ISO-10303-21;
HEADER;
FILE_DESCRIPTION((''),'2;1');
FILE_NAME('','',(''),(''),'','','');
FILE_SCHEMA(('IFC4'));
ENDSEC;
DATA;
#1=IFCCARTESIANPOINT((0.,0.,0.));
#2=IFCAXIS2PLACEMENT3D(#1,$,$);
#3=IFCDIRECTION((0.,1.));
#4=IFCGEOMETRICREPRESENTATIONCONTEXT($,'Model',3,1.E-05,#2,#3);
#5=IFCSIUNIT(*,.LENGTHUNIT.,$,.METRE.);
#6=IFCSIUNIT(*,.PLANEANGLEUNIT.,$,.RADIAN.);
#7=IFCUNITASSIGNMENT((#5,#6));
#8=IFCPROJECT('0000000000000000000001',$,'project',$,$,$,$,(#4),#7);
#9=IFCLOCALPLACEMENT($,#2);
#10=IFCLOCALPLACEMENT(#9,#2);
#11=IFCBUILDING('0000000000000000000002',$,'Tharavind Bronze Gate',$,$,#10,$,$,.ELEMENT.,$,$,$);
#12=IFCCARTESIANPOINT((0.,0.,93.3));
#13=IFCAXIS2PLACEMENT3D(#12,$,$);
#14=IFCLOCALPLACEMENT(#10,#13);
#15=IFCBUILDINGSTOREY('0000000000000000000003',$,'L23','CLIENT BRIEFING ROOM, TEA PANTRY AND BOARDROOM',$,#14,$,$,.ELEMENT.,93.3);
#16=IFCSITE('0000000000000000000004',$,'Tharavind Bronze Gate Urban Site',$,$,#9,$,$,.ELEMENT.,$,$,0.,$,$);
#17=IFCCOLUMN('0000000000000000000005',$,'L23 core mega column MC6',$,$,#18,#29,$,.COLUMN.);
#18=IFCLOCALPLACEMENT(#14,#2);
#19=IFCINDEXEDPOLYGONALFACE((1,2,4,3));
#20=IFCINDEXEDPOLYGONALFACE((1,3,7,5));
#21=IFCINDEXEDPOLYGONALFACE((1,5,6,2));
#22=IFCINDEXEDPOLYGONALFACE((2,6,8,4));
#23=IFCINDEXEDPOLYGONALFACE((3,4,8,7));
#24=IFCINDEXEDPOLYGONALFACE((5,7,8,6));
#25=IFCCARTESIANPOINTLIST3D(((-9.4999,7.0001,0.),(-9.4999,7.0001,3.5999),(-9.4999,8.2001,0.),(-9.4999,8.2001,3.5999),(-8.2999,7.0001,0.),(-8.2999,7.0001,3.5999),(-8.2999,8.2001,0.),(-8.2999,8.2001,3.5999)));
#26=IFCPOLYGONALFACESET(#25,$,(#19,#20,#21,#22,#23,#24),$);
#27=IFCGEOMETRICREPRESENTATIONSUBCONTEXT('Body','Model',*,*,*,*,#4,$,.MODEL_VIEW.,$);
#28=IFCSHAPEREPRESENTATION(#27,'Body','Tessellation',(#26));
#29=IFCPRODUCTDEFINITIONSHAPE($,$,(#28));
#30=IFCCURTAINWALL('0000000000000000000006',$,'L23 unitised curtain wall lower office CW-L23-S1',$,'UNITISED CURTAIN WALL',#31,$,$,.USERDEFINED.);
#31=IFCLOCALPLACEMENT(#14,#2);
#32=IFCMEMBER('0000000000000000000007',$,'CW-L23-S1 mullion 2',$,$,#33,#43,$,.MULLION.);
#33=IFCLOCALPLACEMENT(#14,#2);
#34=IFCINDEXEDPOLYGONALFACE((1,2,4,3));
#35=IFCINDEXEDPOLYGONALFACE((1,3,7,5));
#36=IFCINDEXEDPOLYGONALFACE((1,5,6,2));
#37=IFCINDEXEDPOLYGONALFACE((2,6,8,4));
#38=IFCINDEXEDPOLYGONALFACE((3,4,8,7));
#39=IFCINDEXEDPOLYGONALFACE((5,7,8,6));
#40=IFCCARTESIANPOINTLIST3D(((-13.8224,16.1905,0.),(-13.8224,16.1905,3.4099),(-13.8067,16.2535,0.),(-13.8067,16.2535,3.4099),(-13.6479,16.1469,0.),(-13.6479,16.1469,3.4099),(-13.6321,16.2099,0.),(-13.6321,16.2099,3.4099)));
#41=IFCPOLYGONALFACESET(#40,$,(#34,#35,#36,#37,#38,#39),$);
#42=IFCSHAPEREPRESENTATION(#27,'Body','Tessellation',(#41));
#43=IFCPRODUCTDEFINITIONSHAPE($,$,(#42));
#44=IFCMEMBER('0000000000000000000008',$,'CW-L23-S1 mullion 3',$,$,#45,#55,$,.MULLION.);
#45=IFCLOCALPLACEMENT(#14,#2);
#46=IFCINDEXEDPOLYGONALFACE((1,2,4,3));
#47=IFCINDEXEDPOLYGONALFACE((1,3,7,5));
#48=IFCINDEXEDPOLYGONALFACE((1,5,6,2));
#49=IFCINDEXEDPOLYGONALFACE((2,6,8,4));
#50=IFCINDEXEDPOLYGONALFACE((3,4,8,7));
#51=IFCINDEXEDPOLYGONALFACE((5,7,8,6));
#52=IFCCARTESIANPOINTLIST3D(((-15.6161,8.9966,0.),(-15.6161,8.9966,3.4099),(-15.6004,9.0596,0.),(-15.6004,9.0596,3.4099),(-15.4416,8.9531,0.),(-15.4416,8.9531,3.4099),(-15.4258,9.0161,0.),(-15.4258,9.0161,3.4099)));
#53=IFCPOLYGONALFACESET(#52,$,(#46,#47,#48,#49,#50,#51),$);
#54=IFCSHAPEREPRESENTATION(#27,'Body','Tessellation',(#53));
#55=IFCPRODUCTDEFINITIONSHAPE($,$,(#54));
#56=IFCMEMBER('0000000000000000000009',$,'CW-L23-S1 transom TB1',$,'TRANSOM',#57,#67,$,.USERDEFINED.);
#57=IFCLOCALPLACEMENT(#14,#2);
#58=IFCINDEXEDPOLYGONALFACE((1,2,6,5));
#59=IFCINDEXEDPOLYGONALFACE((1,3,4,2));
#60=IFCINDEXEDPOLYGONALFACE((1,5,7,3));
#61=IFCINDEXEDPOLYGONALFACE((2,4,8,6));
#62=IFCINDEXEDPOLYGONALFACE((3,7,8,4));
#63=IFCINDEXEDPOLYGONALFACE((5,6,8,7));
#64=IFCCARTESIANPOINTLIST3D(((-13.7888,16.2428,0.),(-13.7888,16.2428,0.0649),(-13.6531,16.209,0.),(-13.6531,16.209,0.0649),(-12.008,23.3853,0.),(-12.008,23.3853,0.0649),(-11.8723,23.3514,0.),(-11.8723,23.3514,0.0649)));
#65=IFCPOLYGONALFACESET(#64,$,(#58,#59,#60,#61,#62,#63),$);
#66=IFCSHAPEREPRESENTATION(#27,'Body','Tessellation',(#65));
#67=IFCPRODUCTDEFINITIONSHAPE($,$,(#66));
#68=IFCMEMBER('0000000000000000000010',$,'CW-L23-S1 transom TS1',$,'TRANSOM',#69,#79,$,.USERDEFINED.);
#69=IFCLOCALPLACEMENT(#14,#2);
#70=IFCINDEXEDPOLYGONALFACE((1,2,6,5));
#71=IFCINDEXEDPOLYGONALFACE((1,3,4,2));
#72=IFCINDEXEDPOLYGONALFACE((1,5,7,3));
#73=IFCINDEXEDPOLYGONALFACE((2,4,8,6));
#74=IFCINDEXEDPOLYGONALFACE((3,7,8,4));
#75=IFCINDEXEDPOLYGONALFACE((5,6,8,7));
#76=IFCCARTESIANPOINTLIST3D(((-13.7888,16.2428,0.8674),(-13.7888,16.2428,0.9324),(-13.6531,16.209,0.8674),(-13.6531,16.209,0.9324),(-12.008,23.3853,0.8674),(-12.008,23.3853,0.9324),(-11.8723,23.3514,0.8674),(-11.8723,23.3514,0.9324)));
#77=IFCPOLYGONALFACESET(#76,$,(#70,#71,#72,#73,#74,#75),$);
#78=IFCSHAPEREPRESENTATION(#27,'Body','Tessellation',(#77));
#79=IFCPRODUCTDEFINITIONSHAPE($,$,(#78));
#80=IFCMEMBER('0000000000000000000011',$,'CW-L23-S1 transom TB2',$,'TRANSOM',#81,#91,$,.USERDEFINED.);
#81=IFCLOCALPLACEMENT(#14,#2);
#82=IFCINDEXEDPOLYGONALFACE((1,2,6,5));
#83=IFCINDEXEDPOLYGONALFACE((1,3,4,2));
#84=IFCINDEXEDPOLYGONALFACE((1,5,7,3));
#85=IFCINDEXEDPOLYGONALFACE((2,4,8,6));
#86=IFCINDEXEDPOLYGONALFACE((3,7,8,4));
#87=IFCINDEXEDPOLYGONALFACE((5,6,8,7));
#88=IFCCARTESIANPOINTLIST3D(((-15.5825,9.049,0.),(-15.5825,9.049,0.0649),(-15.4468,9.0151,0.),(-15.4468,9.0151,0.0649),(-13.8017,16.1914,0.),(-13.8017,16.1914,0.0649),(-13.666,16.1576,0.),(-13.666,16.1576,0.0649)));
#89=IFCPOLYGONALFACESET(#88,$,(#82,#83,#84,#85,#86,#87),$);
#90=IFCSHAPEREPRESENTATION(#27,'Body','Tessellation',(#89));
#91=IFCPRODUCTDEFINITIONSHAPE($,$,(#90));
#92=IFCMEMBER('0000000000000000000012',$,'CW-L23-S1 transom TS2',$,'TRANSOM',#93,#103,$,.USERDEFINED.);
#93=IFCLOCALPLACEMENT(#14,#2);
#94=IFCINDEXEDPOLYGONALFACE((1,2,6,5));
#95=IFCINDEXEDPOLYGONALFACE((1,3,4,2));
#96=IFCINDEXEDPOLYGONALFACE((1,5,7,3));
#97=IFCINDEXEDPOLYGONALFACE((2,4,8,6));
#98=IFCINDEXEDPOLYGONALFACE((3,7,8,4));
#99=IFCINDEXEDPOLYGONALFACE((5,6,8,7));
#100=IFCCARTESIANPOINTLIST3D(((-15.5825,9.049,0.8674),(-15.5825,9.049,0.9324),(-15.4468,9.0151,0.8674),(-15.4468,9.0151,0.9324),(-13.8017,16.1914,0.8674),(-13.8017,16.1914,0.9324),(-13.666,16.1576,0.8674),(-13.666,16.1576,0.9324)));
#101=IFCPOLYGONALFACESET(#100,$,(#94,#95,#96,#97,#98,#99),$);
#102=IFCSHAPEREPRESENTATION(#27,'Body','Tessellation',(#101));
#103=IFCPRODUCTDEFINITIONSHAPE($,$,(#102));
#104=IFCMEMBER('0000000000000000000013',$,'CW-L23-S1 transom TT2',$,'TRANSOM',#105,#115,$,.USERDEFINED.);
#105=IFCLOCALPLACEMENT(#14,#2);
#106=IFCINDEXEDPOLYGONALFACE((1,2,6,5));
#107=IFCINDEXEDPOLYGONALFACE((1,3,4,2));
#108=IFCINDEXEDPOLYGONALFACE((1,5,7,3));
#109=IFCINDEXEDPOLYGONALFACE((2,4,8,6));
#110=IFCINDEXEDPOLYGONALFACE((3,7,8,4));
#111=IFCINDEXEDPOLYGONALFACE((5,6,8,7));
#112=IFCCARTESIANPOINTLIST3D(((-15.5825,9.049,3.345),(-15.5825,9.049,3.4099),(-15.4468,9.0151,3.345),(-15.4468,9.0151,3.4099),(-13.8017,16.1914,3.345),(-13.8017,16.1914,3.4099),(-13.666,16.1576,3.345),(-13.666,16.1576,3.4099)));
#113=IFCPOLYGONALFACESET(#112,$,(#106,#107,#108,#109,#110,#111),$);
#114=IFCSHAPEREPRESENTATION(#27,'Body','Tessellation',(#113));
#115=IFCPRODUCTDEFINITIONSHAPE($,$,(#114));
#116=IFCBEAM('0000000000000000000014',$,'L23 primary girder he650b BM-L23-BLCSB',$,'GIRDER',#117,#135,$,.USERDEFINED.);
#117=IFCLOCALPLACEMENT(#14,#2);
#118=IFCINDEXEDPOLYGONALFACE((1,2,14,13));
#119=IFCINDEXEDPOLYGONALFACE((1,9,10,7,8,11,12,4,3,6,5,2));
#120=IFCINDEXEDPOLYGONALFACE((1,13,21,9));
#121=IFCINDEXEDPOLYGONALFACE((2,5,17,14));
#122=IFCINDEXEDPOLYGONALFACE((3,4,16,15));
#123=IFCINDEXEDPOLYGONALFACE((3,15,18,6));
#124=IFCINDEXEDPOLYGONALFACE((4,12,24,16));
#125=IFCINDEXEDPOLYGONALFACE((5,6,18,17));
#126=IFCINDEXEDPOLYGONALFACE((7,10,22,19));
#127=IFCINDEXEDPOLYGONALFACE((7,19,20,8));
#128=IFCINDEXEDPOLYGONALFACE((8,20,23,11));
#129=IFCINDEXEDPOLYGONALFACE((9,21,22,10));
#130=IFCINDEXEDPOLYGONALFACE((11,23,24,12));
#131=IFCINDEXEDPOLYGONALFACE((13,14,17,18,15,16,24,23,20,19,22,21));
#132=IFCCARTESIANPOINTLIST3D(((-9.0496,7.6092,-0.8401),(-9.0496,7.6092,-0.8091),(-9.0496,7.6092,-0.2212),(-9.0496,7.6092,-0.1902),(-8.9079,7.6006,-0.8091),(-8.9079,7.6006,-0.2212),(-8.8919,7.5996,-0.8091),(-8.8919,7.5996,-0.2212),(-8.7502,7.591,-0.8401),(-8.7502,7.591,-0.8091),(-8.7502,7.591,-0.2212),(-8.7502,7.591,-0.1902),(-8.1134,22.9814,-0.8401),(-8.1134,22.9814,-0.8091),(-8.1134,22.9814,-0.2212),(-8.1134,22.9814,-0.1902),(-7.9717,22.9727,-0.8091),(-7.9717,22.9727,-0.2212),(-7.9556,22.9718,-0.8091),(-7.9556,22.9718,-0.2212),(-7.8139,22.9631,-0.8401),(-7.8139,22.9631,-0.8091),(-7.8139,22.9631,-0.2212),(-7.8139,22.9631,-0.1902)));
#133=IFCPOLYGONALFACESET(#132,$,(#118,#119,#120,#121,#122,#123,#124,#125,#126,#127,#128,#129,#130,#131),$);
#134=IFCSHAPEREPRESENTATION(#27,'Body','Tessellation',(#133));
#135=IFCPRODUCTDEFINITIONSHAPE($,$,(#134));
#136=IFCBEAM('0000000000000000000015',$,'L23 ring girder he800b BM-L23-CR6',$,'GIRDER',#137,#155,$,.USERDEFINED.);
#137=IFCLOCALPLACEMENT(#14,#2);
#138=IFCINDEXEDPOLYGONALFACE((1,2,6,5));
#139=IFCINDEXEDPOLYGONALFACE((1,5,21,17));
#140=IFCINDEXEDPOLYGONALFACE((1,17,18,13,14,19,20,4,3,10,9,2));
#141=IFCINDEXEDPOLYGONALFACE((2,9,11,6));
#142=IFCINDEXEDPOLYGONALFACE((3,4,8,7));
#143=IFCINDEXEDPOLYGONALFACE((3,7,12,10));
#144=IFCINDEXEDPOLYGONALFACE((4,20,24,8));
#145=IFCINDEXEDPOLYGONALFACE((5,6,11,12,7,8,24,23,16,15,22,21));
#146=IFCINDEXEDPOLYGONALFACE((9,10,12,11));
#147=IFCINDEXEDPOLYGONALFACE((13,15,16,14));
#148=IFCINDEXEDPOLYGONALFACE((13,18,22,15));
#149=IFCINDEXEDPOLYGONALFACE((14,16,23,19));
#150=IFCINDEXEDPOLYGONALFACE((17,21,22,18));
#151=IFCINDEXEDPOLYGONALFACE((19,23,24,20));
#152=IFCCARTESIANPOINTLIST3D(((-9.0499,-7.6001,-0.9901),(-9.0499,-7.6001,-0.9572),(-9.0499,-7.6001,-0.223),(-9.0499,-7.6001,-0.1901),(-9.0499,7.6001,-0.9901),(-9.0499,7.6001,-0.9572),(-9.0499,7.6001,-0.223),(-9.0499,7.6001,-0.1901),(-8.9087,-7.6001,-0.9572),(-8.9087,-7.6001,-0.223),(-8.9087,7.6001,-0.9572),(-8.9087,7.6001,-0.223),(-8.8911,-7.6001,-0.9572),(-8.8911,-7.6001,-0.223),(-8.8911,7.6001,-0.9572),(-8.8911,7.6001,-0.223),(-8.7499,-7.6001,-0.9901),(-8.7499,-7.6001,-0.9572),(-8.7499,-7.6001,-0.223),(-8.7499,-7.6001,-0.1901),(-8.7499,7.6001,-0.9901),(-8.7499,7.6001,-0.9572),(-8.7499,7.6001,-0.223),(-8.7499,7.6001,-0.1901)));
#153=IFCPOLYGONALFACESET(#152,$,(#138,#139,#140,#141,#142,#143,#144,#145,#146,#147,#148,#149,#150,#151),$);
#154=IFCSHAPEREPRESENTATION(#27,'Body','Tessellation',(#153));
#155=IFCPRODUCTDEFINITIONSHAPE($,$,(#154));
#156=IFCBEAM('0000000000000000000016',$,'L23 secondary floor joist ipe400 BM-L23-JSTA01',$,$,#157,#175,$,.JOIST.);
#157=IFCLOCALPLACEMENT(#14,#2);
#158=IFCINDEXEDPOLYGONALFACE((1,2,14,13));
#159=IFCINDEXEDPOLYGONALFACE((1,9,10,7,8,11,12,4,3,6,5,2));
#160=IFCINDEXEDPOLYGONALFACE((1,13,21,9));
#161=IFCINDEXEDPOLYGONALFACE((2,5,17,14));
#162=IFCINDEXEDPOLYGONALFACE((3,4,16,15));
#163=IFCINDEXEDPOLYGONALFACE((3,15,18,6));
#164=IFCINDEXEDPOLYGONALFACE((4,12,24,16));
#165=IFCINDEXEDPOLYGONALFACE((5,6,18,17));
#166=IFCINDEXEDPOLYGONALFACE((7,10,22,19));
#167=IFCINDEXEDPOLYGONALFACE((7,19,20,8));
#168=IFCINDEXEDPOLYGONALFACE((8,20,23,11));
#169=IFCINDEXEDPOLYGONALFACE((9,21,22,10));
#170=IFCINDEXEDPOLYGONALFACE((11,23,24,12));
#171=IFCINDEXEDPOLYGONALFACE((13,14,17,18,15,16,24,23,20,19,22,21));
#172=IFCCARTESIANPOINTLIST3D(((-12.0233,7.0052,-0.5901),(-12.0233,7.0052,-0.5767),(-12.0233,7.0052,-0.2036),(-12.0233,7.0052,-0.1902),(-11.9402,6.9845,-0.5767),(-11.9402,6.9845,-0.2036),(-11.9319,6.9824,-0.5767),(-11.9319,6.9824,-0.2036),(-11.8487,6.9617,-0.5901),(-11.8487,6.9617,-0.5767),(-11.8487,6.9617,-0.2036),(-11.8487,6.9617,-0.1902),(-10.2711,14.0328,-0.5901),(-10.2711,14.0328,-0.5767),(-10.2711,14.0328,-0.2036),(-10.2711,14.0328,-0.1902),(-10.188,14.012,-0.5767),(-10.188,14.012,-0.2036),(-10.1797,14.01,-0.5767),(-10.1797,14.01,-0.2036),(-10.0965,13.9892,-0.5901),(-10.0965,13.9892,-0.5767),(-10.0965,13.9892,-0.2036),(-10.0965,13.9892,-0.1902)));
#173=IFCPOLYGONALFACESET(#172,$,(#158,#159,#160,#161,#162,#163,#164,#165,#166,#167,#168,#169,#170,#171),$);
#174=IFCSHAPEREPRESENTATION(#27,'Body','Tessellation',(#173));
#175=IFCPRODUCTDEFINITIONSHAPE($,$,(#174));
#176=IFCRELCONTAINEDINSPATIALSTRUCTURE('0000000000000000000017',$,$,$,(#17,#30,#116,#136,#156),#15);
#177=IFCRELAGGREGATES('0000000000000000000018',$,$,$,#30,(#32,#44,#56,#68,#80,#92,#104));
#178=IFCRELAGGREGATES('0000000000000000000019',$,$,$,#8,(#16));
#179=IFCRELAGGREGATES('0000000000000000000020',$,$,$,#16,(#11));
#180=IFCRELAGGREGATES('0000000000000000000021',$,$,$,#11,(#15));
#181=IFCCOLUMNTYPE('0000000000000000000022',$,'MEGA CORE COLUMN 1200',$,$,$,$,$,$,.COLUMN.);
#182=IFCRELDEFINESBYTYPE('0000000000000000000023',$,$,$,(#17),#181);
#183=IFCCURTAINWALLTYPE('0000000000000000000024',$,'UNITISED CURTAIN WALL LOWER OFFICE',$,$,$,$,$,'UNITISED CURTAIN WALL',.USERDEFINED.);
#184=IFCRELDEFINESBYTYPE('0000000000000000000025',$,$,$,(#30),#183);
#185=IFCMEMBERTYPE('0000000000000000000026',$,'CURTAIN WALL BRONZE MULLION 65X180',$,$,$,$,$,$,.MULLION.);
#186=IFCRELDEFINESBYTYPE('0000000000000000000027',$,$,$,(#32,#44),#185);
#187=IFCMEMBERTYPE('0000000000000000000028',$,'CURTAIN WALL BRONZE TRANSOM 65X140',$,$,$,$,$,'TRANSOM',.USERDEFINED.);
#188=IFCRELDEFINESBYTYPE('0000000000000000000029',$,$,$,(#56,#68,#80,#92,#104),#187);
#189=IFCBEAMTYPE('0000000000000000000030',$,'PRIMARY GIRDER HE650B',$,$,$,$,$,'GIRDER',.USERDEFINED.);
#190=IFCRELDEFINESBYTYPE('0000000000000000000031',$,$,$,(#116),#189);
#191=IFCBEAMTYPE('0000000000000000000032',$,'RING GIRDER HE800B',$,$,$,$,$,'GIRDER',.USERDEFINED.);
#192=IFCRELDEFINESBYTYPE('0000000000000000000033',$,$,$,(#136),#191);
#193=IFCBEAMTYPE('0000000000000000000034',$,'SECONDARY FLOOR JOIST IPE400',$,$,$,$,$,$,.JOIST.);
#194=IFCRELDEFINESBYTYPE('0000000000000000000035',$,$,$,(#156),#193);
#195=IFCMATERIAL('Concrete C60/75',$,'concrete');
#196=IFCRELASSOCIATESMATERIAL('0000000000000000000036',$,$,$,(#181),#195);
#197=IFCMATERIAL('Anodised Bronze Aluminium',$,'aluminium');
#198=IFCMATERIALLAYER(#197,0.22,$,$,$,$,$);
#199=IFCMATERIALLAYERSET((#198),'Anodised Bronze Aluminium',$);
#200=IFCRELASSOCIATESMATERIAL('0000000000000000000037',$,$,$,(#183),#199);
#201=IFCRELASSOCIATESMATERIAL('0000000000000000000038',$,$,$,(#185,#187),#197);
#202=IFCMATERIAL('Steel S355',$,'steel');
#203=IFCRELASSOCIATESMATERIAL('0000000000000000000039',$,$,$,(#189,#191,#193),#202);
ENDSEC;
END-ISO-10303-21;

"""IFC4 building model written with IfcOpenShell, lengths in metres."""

from ifc_helpers import new_model, si_unit, direction, frame, origin, origin_2d, place, context, subcontext, project, spatial, rectangle, i_section, extrude, material, layer, layer_set, material_profile, profile_set, type_object, element, aggregate, save


model = new_model("IFC4")

# Units and contexts
model_context = context("Model", 3, precision=1e-05, world=origin(), true_north=direction((0.0, 1.0)))
body_context = subcontext(model_context, "Body", "Model", "MODEL_VIEW")
ifc_project = project(units=[si_unit("LENGTHUNIT", "METRE"), si_unit("PLANEANGLEUNIT", "RADIAN")], contexts=[model_context])

# Site, building, storey
site_placement = place(None, origin())
site = spatial("IfcSite", under=ifc_project, at=site_placement, Name="Tharavind Bronze Gate Urban Site", CompositionType="ELEMENT", RefElevation=0.0)
building_placement = place(site_placement, origin())
building = spatial("IfcBuilding", under=site, at=building_placement, Name="Tharavind Bronze Gate", CompositionType="ELEMENT")
storey_placement = place(building_placement, frame((0.0, 0.0, 93.3)))
storey = spatial("IfcBuildingStorey", under=building, at=storey_placement, Name="L23", Description="CLIENT BRIEFING ROOM, TEA PANTRY AND BOARDROOM", CompositionType="ELEMENT", Elevation=93.3)

# Column
ifc_material_1 = material(Name="Concrete C60/75", Category="concrete")
ifc_material_profile_1 = material_profile(ifc_material_1, rectangle(XDim=1.2, YDim=1.2, at=origin_2d()), Name="RCCOL1200")
ifc_profile_set_1 = profile_set([ifc_material_profile_1], Name="Concrete C60/75")
column_type = type_object("IfcColumnType", Name="MEGA CORE COLUMN 1200", PredefinedType="COLUMN", material=ifc_profile_set_1)
column_placement = place(storey_placement, frame((-8.8999, 7.6001, 0.0), z_axis=(0.0, 0.0, 1.0), x_axis=(1.0, 0.0, 0.0)))
element("IfcColumn", 1, at=column_placement, inside=storey, type_object=column_type, Name="L23 core mega column MC6", PredefinedType="COLUMN", context=body_context, shape_type="SweptSolid", body=[
    extrude(rectangle(XDim=1.2, YDim=1.2, at=origin_2d()), origin(), (0.0, 0.0, 1.0), 3.5999),
])

# Curtain wall, members
ifc_material_2 = material(Name="Anodised Bronze Aluminium", Category="aluminium")
ifc_layer_1 = layer(ifc_material_2, 0.22)
ifc_layer_set_1 = layer_set([ifc_layer_1], Name="Anodised Bronze Aluminium")
curtain_wall_type = type_object("IfcCurtainWallType", Name="UNITISED CURTAIN WALL LOWER OFFICE", ElementType="UNITISED CURTAIN WALL", PredefinedType="USERDEFINED", material=ifc_layer_set_1)
curtain_wall_placement = place(storey_placement, origin())
curtain_wall = element("IfcCurtainWall", 2, at=curtain_wall_placement, inside=storey, type_object=curtain_wall_type, Name="L23 unitised curtain wall lower office CW-L23-S1", ObjectType="UNITISED CURTAIN WALL", PredefinedType="USERDEFINED")
member_type_1 = type_object("IfcMemberType", Name="CURTAIN WALL BRONZE MULLION 65X180", PredefinedType="MULLION", material=ifc_material_2)
member_1_placement = place(storey_placement, frame((-13.7273, 16.2002, 0.0), z_axis=(0.0, 0.0, 1.0), x_axis=(-0.241922, -0.970296, 0.0)))
member_1 = element("IfcMember", 3, at=member_1_placement, type_object=member_type_1, Name="CW-L23-S1 mullion 2", PredefinedType="MULLION", context=body_context, shape_type="SweptSolid", body=[
    extrude(rectangle(XDim=0.0649, YDim=0.1799, at=origin_2d()), origin(), (0.0, 0.0, 1.0), 3.4099),
])
member_2_placement = place(storey_placement, frame((-15.521, 9.0063, 0.0), z_axis=(0.0, 0.0, 1.0), x_axis=(-0.241922, -0.970296, 0.0)))
member_2 = element("IfcMember", 4, at=member_2_placement, type_object=member_type_1, Name="CW-L23-S1 mullion 3", PredefinedType="MULLION", context=body_context, shape_type="SweptSolid", body=[
    extrude(rectangle(XDim=0.0649, YDim=0.1799, at=origin_2d()), origin(), (0.0, 0.0, 1.0), 3.4099),
])
member_type_2 = type_object("IfcMemberType", Name="CURTAIN WALL BRONZE TRANSOM 65X140", ElementType="TRANSOM", PredefinedType="USERDEFINED", material=ifc_material_2)
member_3_placement = place(storey_placement, frame((-12.8306, 19.7971, 0.0), z_axis=(0.0, 0.0, 1.0), x_axis=(-0.241922, -0.970296, 0.0)))
member_3 = element("IfcMember", 5, at=member_3_placement, type_object=member_type_2, Name="CW-L23-S1 transom TB1", ObjectType="TRANSOM", PredefinedType="USERDEFINED", context=body_context, shape_type="SweptSolid", body=[
    extrude(rectangle(XDim=7.3611, YDim=0.1399, at=origin_2d()), origin(), (0.0, 0.0, 1.0), 0.0649),
])
member_4_placement = place(storey_placement, frame((-12.8306, 19.7971, 0.8674), z_axis=(0.0, 0.0, 1.0), x_axis=(-0.241922, -0.970296, 0.0)))
member_4 = element("IfcMember", 6, at=member_4_placement, type_object=member_type_2, Name="CW-L23-S1 transom TS1", ObjectType="TRANSOM", PredefinedType="USERDEFINED", context=body_context, shape_type="SweptSolid", body=[
    extrude(rectangle(XDim=7.3611, YDim=0.1399, at=origin_2d()), origin(), (0.0, 0.0, 1.0), 0.0649),
])
member_5_placement = place(storey_placement, frame((-14.6243, 12.6033, 0.0), z_axis=(0.0, 0.0, 1.0), x_axis=(-0.241922, -0.970296, 0.0)))
member_5 = element("IfcMember", 7, at=member_5_placement, type_object=member_type_2, Name="CW-L23-S1 transom TB2", ObjectType="TRANSOM", PredefinedType="USERDEFINED", context=body_context, shape_type="SweptSolid", body=[
    extrude(rectangle(XDim=7.3611, YDim=0.1399, at=origin_2d()), origin(), (0.0, 0.0, 1.0), 0.0649),
])
member_6_placement = place(storey_placement, frame((-14.6243, 12.6033, 0.8674), z_axis=(0.0, 0.0, 1.0), x_axis=(-0.241922, -0.970296, 0.0)))
member_6 = element("IfcMember", 8, at=member_6_placement, type_object=member_type_2, Name="CW-L23-S1 transom TS2", ObjectType="TRANSOM", PredefinedType="USERDEFINED", context=body_context, shape_type="SweptSolid", body=[
    extrude(rectangle(XDim=7.3611, YDim=0.1399, at=origin_2d()), origin(), (0.0, 0.0, 1.0), 0.0649),
])
member_7_placement = place(storey_placement, frame((-14.6243, 12.6033, 3.345), z_axis=(0.0, 0.0, 1.0), x_axis=(-0.241922, -0.970296, 0.0)))
member_7 = element("IfcMember", 9, at=member_7_placement, type_object=member_type_2, Name="CW-L23-S1 transom TT2", ObjectType="TRANSOM", PredefinedType="USERDEFINED", context=body_context, shape_type="SweptSolid", body=[
    extrude(rectangle(XDim=7.3611, YDim=0.1399, at=origin_2d()), origin(), (0.0, 0.0, 1.0), 0.0649),
])

# Beams
ifc_material_3 = material(Name="Steel S355", Category="steel")
ifc_material_profile_2 = material_profile(ifc_material_3, i_section(OverallWidth=0.3, OverallDepth=0.6499, WebThickness=0.0161, FlangeThickness=0.031, at=origin_2d()), Name="HE650B")
ifc_profile_set_2 = profile_set([ifc_material_profile_2], Name="Steel S355")
beam_type_1 = type_object("IfcBeamType", Name="PRIMARY GIRDER HE650B", ElementType="GIRDER", PredefinedType="USERDEFINED", material=ifc_profile_set_2)
beam_1_placement = place(storey_placement, frame((-8.8999, 7.6001, -0.5151), z_axis=(0.060795, 0.99815, 0.0), x_axis=(-0.99815, 0.060795, 0.0)))
element("IfcBeam", 10, at=beam_1_placement, inside=storey, type_object=beam_type_1, Name="L23 primary girder he650b BM-L23-BLCSB", ObjectType="GIRDER", PredefinedType="USERDEFINED", context=body_context, shape_type="SweptSolid", body=[
    extrude(i_section(OverallWidth=0.3, OverallDepth=0.6499, WebThickness=0.0161, FlangeThickness=0.031, at=origin_2d()), origin(), (0.0, 0.0, 1.0), 15.4006),
])
ifc_material_profile_3 = material_profile(ifc_material_3, i_section(OverallWidth=0.3, OverallDepth=0.8, WebThickness=0.0176, FlangeThickness=0.033, at=origin_2d()), Name="HE800B")
ifc_profile_set_3 = profile_set([ifc_material_profile_3], Name="Steel S355")
beam_type_2 = type_object("IfcBeamType", Name="RING GIRDER HE800B", ElementType="GIRDER", PredefinedType="USERDEFINED", material=ifc_profile_set_3)
beam_2_placement = place(storey_placement, frame((-8.8999, 7.6001, -0.5901), z_axis=(0.0, -1.0, 0.0), x_axis=(1.0, 0.0, 0.0)))
element("IfcBeam", 11, at=beam_2_placement, inside=storey, type_object=beam_type_2, Name="L23 ring girder he800b BM-L23-CR6", ObjectType="GIRDER", PredefinedType="USERDEFINED", context=body_context, shape_type="SweptSolid", body=[
    extrude(i_section(OverallWidth=0.3, OverallDepth=0.8, WebThickness=0.0176, FlangeThickness=0.033, at=origin_2d()), origin(), (0.0, 0.0, 1.0), 15.2002),
])
ifc_material_profile_4 = material_profile(ifc_material_3, i_section(OverallWidth=0.1799, OverallDepth=0.3999, WebThickness=0.0085, FlangeThickness=0.0134, at=origin_2d()), Name="IPE400")
ifc_profile_set_4 = profile_set([ifc_material_profile_4], Name="Steel S355")
beam_type_3 = type_object("IfcBeamType", Name="SECONDARY FLOOR JOIST IPE400", PredefinedType="JOIST", material=ifc_profile_set_4)
beam_3_placement = place(storey_placement, frame((-10.1838, 14.011, -0.3901), z_axis=(-0.241925, -0.970295, 0.0), x_axis=(0.970295, -0.241925, 0.0)))
element("IfcBeam", 12, at=beam_3_placement, inside=storey, type_object=beam_type_3, Name="L23 secondary floor joist ipe400 BM-L23-JSTA01", PredefinedType="JOIST", context=body_context, shape_type="SweptSolid", body=[
    extrude(i_section(OverallWidth=0.1799, OverallDepth=0.3999, WebThickness=0.0085, FlangeThickness=0.0134, at=origin_2d()), origin(), (0.0, 0.0, 1.0), 7.2427),
])

aggregate(curtain_wall, [member_1, member_2, member_3, member_4, member_5, member_6, member_7])

save(model, "model.ifc")
